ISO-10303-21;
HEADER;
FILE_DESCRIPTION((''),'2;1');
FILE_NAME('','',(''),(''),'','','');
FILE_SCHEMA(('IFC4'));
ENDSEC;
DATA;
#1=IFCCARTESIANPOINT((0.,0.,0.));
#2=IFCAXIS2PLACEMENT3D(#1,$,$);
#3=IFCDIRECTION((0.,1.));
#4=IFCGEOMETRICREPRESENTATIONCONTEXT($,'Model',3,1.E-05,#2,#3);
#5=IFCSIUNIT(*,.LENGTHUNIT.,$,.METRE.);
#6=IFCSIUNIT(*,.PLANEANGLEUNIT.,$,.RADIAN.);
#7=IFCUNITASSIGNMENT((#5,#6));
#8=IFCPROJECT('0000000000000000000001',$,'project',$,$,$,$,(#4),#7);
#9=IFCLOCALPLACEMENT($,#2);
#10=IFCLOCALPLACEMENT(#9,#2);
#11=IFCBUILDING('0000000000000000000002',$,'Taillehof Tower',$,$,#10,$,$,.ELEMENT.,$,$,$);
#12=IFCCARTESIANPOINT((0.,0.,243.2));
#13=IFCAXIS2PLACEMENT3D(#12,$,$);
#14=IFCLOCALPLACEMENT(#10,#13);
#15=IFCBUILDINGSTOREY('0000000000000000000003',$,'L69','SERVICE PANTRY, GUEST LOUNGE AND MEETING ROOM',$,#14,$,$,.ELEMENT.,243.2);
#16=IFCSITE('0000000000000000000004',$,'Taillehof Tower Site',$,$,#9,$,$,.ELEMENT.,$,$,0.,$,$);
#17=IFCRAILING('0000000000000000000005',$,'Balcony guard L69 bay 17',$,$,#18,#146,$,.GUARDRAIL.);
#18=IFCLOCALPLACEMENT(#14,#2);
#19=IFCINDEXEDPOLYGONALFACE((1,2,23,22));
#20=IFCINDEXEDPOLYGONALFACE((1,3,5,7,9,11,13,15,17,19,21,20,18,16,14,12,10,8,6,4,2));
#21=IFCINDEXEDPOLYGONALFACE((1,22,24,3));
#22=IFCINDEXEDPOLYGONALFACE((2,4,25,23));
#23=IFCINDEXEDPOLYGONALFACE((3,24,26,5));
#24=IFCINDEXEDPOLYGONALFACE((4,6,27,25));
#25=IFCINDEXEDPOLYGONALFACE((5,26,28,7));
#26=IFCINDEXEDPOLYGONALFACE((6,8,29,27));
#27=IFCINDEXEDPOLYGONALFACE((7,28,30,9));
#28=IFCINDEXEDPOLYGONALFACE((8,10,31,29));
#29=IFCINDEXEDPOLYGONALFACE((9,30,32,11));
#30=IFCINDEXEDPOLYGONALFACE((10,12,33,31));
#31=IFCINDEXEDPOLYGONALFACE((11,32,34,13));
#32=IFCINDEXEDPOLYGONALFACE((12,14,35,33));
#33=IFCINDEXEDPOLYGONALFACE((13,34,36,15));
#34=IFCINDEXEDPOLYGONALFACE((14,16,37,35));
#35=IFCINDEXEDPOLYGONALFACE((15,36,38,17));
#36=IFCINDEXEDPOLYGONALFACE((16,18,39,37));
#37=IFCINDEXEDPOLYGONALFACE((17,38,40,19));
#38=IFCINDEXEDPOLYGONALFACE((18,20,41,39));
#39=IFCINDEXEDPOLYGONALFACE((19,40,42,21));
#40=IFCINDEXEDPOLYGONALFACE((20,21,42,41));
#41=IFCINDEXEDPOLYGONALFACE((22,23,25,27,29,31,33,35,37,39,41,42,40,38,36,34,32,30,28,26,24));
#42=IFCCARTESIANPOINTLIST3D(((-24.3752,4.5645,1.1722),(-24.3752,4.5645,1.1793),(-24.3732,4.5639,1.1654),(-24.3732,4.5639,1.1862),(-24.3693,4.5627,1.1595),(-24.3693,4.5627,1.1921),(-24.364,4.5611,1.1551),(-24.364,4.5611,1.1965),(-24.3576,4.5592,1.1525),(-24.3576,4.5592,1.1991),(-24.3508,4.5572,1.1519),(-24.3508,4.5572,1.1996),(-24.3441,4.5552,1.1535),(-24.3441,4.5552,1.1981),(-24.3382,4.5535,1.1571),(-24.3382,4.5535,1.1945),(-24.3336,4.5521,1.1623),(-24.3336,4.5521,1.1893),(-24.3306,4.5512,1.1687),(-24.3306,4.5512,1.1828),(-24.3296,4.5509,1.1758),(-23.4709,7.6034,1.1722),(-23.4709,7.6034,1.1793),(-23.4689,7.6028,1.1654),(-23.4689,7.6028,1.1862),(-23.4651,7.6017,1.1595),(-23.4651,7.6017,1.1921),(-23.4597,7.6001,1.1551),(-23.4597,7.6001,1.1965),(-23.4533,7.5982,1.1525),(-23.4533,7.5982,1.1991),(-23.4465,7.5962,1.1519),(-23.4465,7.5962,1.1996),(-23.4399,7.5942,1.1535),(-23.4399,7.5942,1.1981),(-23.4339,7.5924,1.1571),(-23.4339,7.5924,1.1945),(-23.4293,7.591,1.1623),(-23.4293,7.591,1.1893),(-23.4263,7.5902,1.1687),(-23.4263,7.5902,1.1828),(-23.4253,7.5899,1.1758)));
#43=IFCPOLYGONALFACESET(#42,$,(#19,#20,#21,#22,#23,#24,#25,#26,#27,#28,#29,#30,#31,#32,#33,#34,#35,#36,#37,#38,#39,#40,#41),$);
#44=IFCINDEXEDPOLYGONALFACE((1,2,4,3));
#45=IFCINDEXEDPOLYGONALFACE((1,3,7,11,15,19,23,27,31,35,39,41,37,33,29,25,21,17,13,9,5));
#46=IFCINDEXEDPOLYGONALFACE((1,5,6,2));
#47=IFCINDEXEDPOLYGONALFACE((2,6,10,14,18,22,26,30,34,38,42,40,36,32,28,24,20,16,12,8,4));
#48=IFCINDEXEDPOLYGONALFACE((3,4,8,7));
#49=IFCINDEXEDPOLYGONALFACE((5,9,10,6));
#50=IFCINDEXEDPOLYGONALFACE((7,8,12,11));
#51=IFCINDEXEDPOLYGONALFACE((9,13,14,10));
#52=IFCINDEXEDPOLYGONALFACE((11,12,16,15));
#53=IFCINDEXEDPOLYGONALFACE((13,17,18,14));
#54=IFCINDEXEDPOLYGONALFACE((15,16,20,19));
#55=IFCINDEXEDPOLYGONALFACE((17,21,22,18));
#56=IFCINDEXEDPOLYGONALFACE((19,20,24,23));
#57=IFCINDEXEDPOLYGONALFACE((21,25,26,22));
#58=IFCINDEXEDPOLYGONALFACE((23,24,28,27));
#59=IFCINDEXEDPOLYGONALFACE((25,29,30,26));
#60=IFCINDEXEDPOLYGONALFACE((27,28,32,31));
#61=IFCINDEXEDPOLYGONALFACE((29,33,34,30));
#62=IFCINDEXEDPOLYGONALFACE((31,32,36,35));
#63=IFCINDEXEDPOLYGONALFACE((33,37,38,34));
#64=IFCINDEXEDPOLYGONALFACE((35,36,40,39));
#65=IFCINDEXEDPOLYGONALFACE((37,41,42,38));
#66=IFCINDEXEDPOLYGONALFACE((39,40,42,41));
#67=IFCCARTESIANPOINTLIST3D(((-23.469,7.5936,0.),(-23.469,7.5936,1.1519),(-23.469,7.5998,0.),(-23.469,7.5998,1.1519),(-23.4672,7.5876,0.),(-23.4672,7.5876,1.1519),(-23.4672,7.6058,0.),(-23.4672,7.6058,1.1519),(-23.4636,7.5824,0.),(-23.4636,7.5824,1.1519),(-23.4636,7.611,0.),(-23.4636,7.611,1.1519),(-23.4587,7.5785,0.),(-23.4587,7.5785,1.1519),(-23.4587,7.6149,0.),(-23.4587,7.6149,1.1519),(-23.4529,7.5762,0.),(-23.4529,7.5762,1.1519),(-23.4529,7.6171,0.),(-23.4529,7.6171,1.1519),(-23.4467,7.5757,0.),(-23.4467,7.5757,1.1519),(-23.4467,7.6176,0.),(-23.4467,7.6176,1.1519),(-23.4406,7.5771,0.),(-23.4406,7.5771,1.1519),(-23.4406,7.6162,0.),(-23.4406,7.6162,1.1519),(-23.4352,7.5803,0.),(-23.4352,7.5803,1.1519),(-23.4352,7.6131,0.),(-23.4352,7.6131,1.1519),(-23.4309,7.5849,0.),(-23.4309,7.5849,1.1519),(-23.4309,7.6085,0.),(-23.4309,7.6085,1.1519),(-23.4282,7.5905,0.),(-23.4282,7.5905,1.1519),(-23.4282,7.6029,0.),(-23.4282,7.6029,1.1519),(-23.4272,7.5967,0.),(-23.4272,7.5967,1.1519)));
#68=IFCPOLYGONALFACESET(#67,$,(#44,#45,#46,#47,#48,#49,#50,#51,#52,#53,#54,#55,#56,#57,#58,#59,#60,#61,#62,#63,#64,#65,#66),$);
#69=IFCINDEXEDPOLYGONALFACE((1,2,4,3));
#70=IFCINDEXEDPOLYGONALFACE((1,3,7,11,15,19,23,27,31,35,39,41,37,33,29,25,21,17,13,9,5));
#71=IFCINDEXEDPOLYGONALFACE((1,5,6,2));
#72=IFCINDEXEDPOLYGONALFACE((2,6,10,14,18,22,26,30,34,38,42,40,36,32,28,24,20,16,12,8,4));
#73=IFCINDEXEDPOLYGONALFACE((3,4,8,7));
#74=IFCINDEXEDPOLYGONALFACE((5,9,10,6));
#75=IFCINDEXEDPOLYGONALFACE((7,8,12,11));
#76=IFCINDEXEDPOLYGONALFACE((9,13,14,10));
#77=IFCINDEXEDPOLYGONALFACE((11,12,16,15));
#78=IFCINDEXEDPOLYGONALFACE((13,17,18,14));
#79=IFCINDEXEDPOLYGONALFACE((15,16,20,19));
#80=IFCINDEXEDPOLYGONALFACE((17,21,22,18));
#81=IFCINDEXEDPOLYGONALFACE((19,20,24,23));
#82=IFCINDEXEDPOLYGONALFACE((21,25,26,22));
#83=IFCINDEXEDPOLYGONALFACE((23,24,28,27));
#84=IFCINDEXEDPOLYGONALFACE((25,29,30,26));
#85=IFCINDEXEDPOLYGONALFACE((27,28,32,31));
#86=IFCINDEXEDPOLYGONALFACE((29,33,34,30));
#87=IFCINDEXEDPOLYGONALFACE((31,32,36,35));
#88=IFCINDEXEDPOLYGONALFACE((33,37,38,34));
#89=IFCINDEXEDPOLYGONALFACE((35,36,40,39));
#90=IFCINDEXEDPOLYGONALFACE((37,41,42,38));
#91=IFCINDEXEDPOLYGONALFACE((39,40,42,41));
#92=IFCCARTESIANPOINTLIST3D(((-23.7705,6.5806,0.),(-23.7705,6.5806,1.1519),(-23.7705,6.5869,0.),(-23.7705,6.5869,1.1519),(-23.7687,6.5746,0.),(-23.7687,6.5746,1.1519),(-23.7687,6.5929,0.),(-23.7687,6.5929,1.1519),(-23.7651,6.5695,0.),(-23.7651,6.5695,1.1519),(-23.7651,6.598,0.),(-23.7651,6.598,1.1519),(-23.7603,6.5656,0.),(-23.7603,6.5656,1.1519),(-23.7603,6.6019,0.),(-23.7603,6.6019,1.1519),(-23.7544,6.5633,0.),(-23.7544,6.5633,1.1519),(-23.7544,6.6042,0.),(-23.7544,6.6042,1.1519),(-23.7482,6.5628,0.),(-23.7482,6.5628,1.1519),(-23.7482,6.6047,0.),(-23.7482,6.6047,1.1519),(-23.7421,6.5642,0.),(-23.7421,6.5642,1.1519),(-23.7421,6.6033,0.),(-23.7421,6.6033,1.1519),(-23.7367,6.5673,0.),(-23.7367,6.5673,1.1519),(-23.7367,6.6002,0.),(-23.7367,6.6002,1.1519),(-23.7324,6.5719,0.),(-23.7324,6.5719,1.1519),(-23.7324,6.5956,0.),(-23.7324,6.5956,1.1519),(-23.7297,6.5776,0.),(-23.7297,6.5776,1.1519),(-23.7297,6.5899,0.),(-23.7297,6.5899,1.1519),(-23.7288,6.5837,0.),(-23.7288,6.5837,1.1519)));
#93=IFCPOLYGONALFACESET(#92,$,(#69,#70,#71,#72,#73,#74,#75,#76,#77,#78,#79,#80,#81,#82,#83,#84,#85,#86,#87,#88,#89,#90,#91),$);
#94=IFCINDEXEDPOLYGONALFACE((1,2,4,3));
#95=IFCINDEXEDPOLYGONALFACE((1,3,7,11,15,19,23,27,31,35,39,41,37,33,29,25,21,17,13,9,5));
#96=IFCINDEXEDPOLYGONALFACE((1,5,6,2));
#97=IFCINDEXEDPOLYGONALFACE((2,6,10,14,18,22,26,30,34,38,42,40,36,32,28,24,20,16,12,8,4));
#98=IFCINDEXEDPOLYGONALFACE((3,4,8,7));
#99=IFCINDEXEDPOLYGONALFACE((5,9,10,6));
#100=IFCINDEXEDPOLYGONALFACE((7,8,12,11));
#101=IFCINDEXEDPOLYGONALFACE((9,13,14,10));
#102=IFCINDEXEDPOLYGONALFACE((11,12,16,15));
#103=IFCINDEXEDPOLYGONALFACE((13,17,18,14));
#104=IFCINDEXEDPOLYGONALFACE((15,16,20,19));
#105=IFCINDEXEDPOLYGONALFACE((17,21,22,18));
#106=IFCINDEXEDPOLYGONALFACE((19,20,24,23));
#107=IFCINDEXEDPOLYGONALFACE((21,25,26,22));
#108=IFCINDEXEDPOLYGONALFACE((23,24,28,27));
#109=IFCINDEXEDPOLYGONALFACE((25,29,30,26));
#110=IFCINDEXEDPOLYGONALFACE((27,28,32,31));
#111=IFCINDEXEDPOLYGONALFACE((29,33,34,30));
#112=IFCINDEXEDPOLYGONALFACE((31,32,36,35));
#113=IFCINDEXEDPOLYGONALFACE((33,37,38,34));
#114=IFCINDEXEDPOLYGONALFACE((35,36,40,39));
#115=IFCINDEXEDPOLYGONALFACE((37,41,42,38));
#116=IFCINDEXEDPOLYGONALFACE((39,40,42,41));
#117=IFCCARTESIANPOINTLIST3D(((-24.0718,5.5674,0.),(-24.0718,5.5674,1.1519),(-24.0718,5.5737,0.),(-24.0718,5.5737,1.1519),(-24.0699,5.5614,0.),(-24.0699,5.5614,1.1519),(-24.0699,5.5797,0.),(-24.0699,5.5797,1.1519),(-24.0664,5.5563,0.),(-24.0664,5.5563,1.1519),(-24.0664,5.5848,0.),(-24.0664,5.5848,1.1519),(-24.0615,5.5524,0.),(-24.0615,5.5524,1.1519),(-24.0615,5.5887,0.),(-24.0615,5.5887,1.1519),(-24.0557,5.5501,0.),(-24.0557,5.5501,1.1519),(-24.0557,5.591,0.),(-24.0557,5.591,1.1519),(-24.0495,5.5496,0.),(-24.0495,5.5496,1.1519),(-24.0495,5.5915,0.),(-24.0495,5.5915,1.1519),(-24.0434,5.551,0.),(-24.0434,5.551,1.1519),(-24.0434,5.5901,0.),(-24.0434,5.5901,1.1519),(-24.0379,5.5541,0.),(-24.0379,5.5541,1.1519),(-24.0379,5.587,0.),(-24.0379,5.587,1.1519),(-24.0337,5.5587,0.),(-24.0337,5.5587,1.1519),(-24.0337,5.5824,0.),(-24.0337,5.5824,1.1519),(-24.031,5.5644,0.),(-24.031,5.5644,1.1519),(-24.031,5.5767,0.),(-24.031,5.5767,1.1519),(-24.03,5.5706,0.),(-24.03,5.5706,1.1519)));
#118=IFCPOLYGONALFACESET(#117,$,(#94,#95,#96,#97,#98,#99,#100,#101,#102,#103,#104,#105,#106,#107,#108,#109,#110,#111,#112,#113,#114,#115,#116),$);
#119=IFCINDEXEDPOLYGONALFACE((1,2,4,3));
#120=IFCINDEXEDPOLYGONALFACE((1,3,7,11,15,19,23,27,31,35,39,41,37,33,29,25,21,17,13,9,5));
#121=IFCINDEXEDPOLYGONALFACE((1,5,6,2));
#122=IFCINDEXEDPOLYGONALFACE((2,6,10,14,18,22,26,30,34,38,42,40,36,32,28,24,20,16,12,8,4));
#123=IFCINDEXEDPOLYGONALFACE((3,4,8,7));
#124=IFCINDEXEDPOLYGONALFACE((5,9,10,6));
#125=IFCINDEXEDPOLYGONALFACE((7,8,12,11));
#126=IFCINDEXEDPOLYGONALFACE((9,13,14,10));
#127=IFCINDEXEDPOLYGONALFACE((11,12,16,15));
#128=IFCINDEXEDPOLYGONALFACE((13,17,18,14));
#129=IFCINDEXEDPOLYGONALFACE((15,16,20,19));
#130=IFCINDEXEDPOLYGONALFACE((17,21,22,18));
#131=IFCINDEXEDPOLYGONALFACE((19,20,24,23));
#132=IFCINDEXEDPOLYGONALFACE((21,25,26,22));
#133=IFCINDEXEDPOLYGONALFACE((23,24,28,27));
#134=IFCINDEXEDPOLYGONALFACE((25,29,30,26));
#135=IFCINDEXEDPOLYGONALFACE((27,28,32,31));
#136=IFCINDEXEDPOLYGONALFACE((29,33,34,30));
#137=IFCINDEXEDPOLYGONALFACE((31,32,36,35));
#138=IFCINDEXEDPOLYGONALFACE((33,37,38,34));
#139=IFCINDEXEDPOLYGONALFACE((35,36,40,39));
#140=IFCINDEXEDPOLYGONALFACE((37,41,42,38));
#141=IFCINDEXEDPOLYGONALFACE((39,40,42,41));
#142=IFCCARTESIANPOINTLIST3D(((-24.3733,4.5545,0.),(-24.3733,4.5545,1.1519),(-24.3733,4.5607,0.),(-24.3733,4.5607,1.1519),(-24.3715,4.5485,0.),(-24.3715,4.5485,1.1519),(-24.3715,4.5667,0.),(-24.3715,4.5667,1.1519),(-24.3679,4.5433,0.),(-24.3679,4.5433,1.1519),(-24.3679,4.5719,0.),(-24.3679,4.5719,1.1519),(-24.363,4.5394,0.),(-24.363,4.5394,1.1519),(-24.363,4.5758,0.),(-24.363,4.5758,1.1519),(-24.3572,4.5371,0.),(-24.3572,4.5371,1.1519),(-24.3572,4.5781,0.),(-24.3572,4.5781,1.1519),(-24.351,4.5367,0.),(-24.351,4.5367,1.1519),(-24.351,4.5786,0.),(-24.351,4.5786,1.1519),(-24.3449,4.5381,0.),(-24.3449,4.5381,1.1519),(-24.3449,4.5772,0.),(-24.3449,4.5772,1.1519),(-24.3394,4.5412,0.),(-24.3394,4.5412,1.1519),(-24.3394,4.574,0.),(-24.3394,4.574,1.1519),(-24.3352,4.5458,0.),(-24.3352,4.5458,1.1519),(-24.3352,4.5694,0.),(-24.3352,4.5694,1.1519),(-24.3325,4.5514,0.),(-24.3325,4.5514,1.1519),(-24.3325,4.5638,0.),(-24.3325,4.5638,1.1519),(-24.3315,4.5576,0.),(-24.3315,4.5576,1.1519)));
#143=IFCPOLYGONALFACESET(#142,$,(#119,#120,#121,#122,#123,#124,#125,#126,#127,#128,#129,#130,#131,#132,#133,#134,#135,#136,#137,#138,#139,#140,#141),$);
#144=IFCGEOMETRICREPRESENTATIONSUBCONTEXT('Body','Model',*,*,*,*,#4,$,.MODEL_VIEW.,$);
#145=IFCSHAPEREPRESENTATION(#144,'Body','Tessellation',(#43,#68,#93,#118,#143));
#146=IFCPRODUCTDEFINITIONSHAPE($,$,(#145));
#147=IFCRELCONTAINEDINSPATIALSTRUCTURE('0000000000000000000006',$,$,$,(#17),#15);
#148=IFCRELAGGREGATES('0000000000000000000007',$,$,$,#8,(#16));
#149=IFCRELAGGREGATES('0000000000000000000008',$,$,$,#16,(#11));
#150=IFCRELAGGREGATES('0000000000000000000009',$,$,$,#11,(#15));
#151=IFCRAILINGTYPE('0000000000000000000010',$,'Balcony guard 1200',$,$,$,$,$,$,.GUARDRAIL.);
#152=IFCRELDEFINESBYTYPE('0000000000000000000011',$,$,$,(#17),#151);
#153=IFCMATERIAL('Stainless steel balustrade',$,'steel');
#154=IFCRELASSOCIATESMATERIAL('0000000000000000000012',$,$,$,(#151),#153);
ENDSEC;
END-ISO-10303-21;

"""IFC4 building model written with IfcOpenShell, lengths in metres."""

from ifc_helpers import new_model, si_unit, direction, frame, origin, origin_2d, place, context, subcontext, project, spatial, circle, extrude, material, type_object, element, save


model = new_model("IFC4")

# Units and contexts
model_context = context("Model", 3, precision=1e-05, world=origin(), true_north=direction((0.0, 1.0)))
body_context = subcontext(model_context, "Body", "Model", "MODEL_VIEW")
ifc_project = project(units=[si_unit("LENGTHUNIT", "METRE"), si_unit("PLANEANGLEUNIT", "RADIAN")], contexts=[model_context])

# Site, building, storey
site_placement = place(None, origin())
site = spatial("IfcSite", under=ifc_project, at=site_placement, Name="Taillehof Tower Site", CompositionType="ELEMENT", RefElevation=0.0)
building_placement = place(site_placement, origin())
building = spatial("IfcBuilding", under=site, at=building_placement, Name="Taillehof Tower", CompositionType="ELEMENT")
storey_placement = place(building_placement, frame((0.0, 0.0, 243.2)))
storey = spatial("IfcBuildingStorey", under=building, at=storey_placement, Name="L69", Description="SERVICE PANTRY, GUEST LOUNGE AND MEETING ROOM", CompositionType="ELEMENT", Elevation=243.2)

# Railing
ifc_material_1 = material(Name="Stainless steel balustrade", Category="steel")
railing_type = type_object("IfcRailingType", Name="Balcony guard 1200", PredefinedType="GUARDRAIL", material=ifc_material_1)
railing_placement = place(storey_placement, frame((-23.4482, 7.5967, 0.0)))
element("IfcRailing", 1, at=railing_placement, inside=storey, type_object=railing_type, Name="Balcony guard L69 bay 17", PredefinedType="GUARDRAIL", context=body_context, shape_type="SweptSolid", body=[
    extrude(circle(Radius=0.0239, at=origin_2d()), frame((0.0, 0.0, 1.1758), z_axis=(-0.2852, -0.958468, 0.0), x_axis=(0.958468, -0.2852, 0.0)), (0.0, 0.0, 1.0), 3.1707),
    extrude(circle(Radius=0.021, at=origin_2d()), origin(), (0.0, 0.0, 1.0), 1.1519),
    extrude(circle(Radius=0.021, at=origin_2d()), frame((-0.3015, -1.0129, 0.0)), (0.0, 0.0, 1.0), 1.1519),
    extrude(circle(Radius=0.021, at=origin_2d()), frame((-0.6028, -2.0261, 0.0)), (0.0, 0.0, 1.0), 1.1519),
    extrude(circle(Radius=0.021, at=origin_2d()), frame((-0.9043, -3.0391, 0.0)), (0.0, 0.0, 1.0), 1.1519),
])

save(model, "model.ifc")
